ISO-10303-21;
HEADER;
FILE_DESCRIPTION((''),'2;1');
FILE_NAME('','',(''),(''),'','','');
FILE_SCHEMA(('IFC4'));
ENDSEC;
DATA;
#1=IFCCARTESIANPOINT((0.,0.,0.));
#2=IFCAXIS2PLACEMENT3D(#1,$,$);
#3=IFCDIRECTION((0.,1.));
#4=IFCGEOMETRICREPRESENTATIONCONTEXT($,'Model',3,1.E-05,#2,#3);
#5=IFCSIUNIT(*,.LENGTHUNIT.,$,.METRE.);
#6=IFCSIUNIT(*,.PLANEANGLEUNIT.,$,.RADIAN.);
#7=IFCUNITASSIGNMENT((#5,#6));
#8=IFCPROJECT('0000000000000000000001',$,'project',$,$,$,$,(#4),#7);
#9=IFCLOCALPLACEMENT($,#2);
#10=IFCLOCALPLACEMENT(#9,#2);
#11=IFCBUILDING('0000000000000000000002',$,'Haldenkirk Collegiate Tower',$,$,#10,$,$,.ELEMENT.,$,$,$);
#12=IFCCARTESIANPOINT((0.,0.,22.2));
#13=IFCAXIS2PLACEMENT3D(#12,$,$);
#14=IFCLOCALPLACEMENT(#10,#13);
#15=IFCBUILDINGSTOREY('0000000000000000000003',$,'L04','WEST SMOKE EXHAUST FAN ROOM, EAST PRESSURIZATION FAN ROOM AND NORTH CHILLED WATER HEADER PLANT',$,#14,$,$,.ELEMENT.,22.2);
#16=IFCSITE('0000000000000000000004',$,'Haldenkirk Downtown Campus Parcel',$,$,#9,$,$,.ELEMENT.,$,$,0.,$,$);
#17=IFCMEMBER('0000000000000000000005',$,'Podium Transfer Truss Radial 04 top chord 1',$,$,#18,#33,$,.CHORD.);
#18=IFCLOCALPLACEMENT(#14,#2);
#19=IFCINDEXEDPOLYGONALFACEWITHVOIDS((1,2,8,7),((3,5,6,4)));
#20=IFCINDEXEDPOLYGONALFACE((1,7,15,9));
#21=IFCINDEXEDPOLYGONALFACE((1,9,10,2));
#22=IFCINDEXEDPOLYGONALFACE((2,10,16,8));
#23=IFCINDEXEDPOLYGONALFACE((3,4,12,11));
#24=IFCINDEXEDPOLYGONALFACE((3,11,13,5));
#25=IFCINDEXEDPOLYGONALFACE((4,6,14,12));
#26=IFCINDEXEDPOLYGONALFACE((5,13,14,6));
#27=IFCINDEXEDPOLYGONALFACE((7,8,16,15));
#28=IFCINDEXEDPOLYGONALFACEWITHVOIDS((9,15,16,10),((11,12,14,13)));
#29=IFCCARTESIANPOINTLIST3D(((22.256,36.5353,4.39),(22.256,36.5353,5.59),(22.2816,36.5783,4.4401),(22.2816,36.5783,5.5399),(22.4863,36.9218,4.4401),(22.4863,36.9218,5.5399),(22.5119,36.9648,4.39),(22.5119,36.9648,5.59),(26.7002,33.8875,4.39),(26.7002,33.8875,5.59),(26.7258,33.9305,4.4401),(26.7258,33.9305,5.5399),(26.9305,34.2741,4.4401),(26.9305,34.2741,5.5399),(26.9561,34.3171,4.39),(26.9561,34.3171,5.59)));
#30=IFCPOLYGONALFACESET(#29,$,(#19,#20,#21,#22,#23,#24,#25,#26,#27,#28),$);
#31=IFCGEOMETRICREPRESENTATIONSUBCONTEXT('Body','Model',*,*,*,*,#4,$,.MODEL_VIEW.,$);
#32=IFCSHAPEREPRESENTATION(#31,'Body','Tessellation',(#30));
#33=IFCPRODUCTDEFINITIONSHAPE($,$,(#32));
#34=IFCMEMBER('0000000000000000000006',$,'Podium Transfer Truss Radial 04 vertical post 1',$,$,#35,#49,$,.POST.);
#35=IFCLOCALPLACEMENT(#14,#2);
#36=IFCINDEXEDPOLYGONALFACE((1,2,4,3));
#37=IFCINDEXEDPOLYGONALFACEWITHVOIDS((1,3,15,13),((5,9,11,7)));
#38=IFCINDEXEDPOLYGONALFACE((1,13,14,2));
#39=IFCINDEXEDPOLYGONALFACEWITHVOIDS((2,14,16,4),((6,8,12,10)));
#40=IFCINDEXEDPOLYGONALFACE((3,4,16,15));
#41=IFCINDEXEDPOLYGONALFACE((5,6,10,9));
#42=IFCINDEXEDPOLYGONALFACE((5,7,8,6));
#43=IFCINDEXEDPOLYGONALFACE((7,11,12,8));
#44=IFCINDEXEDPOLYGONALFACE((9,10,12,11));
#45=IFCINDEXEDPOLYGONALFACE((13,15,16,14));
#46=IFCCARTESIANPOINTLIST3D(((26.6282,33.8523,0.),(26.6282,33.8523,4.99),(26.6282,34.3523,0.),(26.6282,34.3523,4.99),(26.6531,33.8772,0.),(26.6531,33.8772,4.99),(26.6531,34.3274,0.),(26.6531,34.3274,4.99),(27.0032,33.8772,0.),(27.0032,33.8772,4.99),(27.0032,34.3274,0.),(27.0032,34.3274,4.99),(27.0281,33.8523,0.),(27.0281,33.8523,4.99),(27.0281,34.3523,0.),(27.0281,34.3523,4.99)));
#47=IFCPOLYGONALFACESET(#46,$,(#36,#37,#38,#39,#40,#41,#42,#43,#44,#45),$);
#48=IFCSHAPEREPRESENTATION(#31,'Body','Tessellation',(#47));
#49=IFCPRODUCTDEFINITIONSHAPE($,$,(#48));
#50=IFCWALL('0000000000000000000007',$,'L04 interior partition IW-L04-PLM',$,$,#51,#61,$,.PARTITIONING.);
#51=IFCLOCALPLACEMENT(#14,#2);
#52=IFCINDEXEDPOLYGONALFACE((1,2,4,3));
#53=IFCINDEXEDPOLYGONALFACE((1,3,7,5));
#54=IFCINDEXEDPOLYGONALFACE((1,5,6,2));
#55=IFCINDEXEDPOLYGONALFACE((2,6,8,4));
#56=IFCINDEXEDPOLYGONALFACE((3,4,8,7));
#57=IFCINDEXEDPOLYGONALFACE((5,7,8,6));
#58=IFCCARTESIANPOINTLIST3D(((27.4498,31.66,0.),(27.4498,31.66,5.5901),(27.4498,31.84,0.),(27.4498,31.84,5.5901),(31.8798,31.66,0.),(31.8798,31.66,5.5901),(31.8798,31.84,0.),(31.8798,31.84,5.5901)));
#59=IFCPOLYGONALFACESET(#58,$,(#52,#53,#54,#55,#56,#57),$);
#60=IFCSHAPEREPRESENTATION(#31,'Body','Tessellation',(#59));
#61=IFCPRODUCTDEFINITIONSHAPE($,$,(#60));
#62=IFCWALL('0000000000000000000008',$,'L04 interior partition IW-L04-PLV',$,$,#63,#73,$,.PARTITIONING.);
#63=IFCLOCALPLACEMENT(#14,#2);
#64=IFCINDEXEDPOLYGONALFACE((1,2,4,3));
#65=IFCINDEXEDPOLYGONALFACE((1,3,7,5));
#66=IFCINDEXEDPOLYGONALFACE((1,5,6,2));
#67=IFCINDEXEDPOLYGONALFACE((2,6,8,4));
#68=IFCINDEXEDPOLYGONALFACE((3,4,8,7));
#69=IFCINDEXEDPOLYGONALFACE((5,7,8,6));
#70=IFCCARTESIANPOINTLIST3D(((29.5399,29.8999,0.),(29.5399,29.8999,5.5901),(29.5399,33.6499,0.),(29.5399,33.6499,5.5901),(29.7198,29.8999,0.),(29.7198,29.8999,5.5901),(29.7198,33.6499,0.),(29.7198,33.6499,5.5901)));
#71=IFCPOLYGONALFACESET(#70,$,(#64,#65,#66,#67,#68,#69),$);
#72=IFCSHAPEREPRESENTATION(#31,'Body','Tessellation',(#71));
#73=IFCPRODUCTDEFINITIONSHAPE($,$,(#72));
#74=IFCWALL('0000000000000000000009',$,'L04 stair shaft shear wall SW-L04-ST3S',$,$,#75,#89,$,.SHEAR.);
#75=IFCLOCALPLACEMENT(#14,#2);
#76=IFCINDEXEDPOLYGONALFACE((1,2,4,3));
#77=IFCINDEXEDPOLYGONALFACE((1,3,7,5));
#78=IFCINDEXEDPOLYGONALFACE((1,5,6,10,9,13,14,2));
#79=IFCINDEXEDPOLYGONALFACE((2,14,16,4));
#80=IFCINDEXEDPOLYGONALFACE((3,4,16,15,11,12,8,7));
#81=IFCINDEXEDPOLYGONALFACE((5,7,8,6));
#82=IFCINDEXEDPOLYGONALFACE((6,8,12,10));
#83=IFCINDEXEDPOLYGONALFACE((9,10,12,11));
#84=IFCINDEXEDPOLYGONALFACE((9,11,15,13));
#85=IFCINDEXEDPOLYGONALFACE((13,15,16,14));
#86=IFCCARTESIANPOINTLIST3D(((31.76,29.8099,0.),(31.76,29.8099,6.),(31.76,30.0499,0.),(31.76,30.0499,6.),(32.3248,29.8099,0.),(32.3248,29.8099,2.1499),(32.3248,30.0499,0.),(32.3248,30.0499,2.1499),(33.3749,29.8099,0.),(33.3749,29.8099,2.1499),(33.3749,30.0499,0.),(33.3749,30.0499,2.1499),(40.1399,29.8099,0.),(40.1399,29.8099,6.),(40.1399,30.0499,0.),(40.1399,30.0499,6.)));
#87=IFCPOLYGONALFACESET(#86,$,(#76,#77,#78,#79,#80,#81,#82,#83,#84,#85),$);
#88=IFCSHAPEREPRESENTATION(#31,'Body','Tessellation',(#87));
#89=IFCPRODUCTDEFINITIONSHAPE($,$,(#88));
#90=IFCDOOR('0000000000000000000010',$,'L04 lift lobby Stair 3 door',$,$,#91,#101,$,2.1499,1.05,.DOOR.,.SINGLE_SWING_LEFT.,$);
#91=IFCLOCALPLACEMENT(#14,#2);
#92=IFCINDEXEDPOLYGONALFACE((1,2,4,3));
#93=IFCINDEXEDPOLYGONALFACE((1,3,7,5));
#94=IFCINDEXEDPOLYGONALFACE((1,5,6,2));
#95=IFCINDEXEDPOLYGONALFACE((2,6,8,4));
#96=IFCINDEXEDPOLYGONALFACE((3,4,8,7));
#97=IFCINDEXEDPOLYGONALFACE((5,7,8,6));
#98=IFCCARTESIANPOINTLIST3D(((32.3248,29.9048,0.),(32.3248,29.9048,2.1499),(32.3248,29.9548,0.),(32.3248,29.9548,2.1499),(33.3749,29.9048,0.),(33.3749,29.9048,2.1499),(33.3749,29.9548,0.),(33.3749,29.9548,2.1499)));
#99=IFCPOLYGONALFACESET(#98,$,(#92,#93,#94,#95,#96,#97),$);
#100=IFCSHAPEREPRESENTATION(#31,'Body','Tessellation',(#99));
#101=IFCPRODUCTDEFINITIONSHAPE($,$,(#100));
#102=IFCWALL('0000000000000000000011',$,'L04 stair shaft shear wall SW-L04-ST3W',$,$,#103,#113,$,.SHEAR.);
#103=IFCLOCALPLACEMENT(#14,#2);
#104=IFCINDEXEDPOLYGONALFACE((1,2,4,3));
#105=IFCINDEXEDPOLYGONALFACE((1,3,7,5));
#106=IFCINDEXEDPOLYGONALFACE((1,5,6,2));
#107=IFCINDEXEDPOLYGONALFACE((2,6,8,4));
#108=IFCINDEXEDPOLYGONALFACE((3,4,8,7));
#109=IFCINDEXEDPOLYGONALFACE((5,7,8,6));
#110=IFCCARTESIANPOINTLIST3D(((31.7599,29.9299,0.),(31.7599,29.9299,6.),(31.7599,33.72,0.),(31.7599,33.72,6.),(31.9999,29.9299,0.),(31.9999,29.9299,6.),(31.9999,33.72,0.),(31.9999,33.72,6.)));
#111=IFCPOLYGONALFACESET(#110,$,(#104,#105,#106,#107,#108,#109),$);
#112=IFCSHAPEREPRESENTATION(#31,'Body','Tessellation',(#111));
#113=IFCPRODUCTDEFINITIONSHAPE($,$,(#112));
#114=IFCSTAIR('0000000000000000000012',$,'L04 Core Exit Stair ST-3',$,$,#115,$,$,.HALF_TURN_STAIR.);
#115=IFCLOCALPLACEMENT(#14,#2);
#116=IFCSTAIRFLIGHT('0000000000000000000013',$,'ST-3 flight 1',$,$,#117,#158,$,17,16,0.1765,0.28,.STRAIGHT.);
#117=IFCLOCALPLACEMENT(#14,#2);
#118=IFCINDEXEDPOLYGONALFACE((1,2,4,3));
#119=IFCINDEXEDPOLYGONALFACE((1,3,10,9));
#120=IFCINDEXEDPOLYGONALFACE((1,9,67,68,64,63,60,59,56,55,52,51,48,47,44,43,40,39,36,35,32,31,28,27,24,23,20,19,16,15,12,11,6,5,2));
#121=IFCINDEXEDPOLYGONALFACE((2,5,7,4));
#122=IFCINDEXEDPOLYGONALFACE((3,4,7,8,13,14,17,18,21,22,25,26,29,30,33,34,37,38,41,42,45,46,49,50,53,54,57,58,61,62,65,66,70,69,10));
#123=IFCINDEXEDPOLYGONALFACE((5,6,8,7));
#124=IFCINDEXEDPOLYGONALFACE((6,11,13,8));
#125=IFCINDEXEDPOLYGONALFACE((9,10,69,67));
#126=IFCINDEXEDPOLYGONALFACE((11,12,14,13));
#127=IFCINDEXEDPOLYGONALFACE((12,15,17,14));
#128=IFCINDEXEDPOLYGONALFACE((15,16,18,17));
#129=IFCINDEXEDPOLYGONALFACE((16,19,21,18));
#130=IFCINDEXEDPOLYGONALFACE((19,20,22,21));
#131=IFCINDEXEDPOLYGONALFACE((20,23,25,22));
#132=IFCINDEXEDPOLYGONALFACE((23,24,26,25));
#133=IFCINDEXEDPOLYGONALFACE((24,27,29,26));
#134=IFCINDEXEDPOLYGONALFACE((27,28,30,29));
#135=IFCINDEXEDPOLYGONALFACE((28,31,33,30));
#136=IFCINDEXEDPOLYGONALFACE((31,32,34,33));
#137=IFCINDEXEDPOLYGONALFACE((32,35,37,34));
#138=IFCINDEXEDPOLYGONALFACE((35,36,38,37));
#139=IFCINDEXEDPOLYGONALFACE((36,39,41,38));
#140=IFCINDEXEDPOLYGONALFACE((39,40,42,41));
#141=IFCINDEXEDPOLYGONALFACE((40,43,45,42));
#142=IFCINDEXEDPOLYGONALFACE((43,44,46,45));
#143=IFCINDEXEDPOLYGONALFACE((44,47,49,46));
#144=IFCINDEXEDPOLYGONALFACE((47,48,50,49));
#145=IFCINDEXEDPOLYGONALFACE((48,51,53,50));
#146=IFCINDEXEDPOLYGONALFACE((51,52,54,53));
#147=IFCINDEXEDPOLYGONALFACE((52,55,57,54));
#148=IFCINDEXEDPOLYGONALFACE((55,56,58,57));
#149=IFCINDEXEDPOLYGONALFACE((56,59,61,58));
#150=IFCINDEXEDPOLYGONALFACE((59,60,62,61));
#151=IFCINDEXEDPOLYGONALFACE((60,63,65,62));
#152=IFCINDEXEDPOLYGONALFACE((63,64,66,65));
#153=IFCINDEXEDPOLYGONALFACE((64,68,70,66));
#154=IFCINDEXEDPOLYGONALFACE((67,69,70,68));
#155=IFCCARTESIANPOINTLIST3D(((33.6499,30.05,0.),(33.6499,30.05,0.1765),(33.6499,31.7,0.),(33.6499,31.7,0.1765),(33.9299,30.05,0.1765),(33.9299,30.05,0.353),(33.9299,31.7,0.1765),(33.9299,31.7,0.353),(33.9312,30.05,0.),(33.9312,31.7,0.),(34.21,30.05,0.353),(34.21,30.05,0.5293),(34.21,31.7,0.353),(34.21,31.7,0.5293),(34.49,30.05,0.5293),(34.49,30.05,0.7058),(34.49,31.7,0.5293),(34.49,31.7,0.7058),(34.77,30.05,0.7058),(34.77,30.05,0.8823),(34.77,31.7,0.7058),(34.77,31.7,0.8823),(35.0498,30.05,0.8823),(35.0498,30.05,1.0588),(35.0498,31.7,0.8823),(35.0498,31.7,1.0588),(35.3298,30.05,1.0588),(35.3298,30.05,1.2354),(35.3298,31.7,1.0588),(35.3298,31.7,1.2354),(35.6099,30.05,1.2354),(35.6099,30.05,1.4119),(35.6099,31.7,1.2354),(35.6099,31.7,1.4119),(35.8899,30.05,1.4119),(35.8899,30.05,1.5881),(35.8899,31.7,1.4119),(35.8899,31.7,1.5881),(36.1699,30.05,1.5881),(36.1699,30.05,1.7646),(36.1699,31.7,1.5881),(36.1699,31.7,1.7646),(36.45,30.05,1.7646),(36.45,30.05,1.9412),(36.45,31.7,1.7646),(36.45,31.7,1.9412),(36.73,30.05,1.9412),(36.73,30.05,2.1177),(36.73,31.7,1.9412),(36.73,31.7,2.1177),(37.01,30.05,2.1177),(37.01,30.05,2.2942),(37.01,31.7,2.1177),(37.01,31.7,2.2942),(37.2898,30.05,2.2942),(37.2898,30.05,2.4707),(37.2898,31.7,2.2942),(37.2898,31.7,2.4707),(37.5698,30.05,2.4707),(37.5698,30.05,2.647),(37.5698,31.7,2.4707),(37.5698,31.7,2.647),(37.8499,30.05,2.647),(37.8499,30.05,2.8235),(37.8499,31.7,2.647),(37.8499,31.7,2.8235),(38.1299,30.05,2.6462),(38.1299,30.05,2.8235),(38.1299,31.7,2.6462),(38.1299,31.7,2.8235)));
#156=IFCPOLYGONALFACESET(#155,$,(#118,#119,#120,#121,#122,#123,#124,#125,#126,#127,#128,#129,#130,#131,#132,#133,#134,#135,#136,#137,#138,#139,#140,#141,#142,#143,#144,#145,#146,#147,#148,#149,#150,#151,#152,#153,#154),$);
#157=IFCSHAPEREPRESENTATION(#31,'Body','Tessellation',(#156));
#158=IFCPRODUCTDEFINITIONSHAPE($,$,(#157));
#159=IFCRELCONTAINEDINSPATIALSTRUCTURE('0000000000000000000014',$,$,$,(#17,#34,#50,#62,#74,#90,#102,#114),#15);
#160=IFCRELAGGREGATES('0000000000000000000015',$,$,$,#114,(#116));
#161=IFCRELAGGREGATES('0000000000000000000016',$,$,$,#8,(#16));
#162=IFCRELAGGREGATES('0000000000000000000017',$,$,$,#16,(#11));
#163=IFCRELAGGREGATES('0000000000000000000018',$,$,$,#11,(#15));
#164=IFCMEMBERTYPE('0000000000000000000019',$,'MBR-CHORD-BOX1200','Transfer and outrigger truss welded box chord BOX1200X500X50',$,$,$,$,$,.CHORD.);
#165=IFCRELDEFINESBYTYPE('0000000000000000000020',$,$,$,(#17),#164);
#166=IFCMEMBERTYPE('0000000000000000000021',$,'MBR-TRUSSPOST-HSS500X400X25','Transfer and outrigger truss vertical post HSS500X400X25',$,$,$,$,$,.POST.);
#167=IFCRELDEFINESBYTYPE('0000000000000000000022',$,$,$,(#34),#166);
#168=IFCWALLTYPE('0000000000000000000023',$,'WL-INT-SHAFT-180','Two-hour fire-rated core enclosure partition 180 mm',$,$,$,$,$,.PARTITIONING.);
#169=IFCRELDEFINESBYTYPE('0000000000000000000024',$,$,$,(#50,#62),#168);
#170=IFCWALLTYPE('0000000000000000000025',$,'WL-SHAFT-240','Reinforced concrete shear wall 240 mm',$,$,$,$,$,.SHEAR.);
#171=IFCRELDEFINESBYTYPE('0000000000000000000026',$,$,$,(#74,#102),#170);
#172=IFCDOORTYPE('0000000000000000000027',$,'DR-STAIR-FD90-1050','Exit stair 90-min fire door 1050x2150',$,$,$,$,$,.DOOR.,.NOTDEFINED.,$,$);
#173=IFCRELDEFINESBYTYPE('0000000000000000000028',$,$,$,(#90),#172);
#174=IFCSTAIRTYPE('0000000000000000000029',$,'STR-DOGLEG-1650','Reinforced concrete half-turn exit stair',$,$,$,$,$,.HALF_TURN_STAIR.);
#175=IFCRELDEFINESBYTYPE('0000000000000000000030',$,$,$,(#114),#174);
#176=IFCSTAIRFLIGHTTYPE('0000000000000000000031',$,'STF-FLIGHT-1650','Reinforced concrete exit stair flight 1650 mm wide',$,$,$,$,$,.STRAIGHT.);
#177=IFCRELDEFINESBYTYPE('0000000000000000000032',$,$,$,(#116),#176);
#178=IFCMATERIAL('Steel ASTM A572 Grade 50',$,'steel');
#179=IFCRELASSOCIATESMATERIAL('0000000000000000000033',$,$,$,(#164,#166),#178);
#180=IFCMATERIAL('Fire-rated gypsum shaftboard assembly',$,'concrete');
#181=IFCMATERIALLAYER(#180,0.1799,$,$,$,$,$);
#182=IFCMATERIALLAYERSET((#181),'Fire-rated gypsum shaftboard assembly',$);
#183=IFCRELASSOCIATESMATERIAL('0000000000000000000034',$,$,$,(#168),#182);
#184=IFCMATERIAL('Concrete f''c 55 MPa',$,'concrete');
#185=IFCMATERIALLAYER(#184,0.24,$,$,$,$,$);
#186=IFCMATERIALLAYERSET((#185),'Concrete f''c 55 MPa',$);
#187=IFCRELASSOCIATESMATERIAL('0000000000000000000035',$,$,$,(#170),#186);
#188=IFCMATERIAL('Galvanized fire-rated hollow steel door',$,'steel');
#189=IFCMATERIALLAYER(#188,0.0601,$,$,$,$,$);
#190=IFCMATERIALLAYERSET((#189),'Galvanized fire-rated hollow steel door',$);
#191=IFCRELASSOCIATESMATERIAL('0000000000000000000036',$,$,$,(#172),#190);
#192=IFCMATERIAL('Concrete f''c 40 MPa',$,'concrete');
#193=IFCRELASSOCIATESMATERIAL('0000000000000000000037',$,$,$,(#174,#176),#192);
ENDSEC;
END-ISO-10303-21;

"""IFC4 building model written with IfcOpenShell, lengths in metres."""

from ifc_helpers import new_model, si_unit, direction, frame, frame_2d, origin, origin_2d, place, context, subcontext, project, spatial, polyline, rectangle, hollow_rectangle, outline, extrude, material, layer, layer_set, material_profile, profile_set, type_object, element, fill, aggregate, save


model = new_model("IFC4")

# Units and contexts
model_context = context("Model", 3, precision=1e-05, world=origin(), true_north=direction((0.0, 1.0)))
body_context = subcontext(model_context, "Body", "Model", "MODEL_VIEW")
ifc_project = project(units=[si_unit("LENGTHUNIT", "METRE"), si_unit("PLANEANGLEUNIT", "RADIAN")], contexts=[model_context])

# Site, building, storey
site_placement = place(None, origin())
site = spatial("IfcSite", under=ifc_project, at=site_placement, Name="Haldenkirk Downtown Campus Parcel", CompositionType="ELEMENT", RefElevation=0.0)
building_placement = place(site_placement, origin())
building = spatial("IfcBuilding", under=site, at=building_placement, Name="Haldenkirk Collegiate Tower", CompositionType="ELEMENT")
storey_placement = place(building_placement, frame((0.0, 0.0, 22.2)))
storey = spatial("IfcBuildingStorey", under=building, at=storey_placement, Name="L04", Description="WEST SMOKE EXHAUST FAN ROOM, EAST PRESSURIZATION FAN ROOM AND NORTH CHILLED WATER HEADER PLANT", CompositionType="ELEMENT", Elevation=22.2)

# Members
ifc_material_1 = material(Name="Steel ASTM A572 Grade 50", Category="steel")
ifc_material_profile_1 = material_profile(ifc_material_1, hollow_rectangle(XDim=0.5, YDim=1.2, WallThickness=0.05, at=origin_2d()), Name="BOX1200X500X50")
ifc_profile_set_1 = profile_set([ifc_material_profile_1], Name="Steel ASTM A572 Grade 50")
member_type_1 = type_object("IfcMemberType", Name="MBR-CHORD-BOX1200", Description="Transfer and outrigger truss welded box chord BOX1200X500X50", PredefinedType="CHORD", material=ifc_profile_set_1)
member_1_placement = place(storey_placement, frame((26.8281, 34.1023, 4.99), z_axis=(-0.859088, 0.511828, 0.0), x_axis=(-0.511828, -0.859088, 0.0)))
element("IfcMember", 1, at=member_1_placement, inside=storey, type_object=member_type_1, Name="Podium Transfer Truss Radial 04 top chord 1", PredefinedType="CHORD", context=body_context, shape_type="SweptSolid", body=[
    extrude(hollow_rectangle(XDim=0.5, YDim=1.2, WallThickness=0.05, at=origin_2d()), origin(), (0.0, 0.0, 1.0), 5.1731),
])
ifc_material_profile_2 = material_profile(ifc_material_1, hollow_rectangle(XDim=0.3999, YDim=0.5, WallThickness=0.0249, at=origin_2d()), Name="HSS500X400X25")
ifc_profile_set_2 = profile_set([ifc_material_profile_2], Name="Steel ASTM A572 Grade 50")
member_type_2 = type_object("IfcMemberType", Name="MBR-TRUSSPOST-HSS500X400X25", Description="Transfer and outrigger truss vertical post HSS500X400X25", PredefinedType="POST", material=ifc_profile_set_2)
member_2_placement = place(storey_placement, frame((26.8281, 34.1023, 0.0), z_axis=(0.0, 0.0, 1.0), x_axis=(1.0, 0.0, 0.0)))
element("IfcMember", 2, at=member_2_placement, inside=storey, type_object=member_type_2, Name="Podium Transfer Truss Radial 04 vertical post 1", PredefinedType="POST", context=body_context, shape_type="SweptSolid", body=[
    extrude(hollow_rectangle(XDim=0.3999, YDim=0.5, WallThickness=0.0249, at=origin_2d()), origin(), (0.0, 0.0, 1.0), 4.99),
])

# Walls
ifc_material_2 = material(Name="Fire-rated gypsum shaftboard assembly", Category="concrete")
ifc_layer_1 = layer(ifc_material_2, 0.1799)
ifc_layer_set_1 = layer_set([ifc_layer_1], Name="Fire-rated gypsum shaftboard assembly")
wall_type_1 = type_object("IfcWallType", Name="WL-INT-SHAFT-180", Description="Two-hour fire-rated core enclosure partition 180 mm", PredefinedType="PARTITIONING", material=ifc_layer_set_1)
wall_1_placement = place(storey_placement, frame((27.45, 31.75, 0.0), z_axis=(0.0, 0.0, 1.0), x_axis=(1.0, 0.0, 0.0)))
element("IfcWall", 3, at=wall_1_placement, inside=storey, type_object=wall_type_1, Name="L04 interior partition IW-L04-PLM", PredefinedType="PARTITIONING", context=body_context, shape_type="SweptSolid", body=[
    extrude(rectangle(XDim=4.4299, YDim=0.1799, at=frame_2d((2.2148, 0.0))), origin(), (0.0, 0.0, 1.0), 5.5901),
])
wall_2_placement = place(storey_placement, frame((29.6299, 29.8999, 0.0), z_axis=(0.0, 0.0, 1.0), x_axis=(0.0, 1.0, 0.0)))
element("IfcWall", 4, at=wall_2_placement, inside=storey, type_object=wall_type_1, Name="L04 interior partition IW-L04-PLV", PredefinedType="PARTITIONING", context=body_context, shape_type="SweptSolid", body=[
    extrude(rectangle(XDim=3.75, YDim=0.1799, at=frame_2d((1.875, 0.0))), origin(), (0.0, 0.0, 1.0), 5.5901),
])

# Wall, opening, door
ifc_material_3 = material(Name="Concrete f'c 55 MPa", Category="concrete")
ifc_layer_2 = layer(ifc_material_3, 0.24)
ifc_layer_set_2 = layer_set([ifc_layer_2], Name="Concrete f'c 55 MPa")
wall_type_2 = type_object("IfcWallType", Name="WL-SHAFT-240", Description="Reinforced concrete shear wall 240 mm", PredefinedType="SHEAR", material=ifc_layer_set_2)
wall_3_placement = place(storey_placement, frame((31.76, 29.9299, 0.0), z_axis=(0.0, 0.0, 1.0), x_axis=(1.0, 0.0, 0.0)))
wall_3 = element("IfcWall", 5, at=wall_3_placement, inside=storey, type_object=wall_type_2, Name="L04 stair shaft shear wall SW-L04-ST3S", PredefinedType="SHEAR", context=body_context, shape_type="SweptSolid", body=[
    extrude(rectangle(XDim=8.3799, YDim=0.24, at=frame_2d((4.1899, 0.0))), origin(), (0.0, 0.0, 1.0), 6.0),
])
opening_1_placement = place(wall_3_placement, frame((0.5649, 0.0, 0.0)))
opening_1 = element("IfcOpeningElement", 6, at=opening_1_placement, cuts=wall_3, PredefinedType="OPENING", context=body_context, shape_type="SweptSolid", body=[
    extrude(rectangle(XDim=1.05, YDim=2.1499, at=frame_2d((0.5249, 1.075))), frame((0.0, 0.1299, 0.0), z_axis=(0.0, -1.0, 0.0), x_axis=(1.0, 0.0, 0.0)), (0.0, 0.0, 1.0), 0.26),
])
ifc_material_4 = material(Name="Galvanized fire-rated hollow steel door", Category="steel")
ifc_layer_3 = layer(ifc_material_4, 0.0601)
ifc_layer_set_3 = layer_set([ifc_layer_3], Name="Galvanized fire-rated hollow steel door")
door_type_1 = type_object("IfcDoorType", Name="DR-STAIR-FD90-1050", Description="Exit stair 90-min fire door 1050x2150", OperationType="NOTDEFINED", PredefinedType="DOOR", material=ifc_layer_set_3)
door_1_placement = place(opening_1_placement, origin())
door_1 = element("IfcDoor", 7, at=door_1_placement, inside=storey, type_object=door_type_1, Name="L04 lift lobby Stair 3 door", OperationType="SINGLE_SWING_LEFT", OverallHeight=2.1499, OverallWidth=1.05, PredefinedType="DOOR", context=body_context, shape_type="SweptSolid", body=[
    extrude(rectangle(XDim=1.05, YDim=2.1499, at=frame_2d((0.5249, 1.075))), frame((0.0, 0.0249, 0.0), z_axis=(0.0, -1.0, 0.0), x_axis=(1.0, 0.0, 0.0)), (0.0, 0.0, 1.0), 0.05),
])
fill(opening_1, door_1)

# Wall
wall_4_placement = place(storey_placement, frame((31.8799, 29.9299, 0.0), z_axis=(0.0, 0.0, 1.0), x_axis=(0.0, 1.0, 0.0)))
element("IfcWall", 8, at=wall_4_placement, inside=storey, type_object=wall_type_2, Name="L04 stair shaft shear wall SW-L04-ST3W", PredefinedType="SHEAR", context=body_context, shape_type="SweptSolid", body=[
    extrude(rectangle(XDim=3.79, YDim=0.24, at=frame_2d((1.895, 0.0))), origin(), (0.0, 0.0, 1.0), 6.0),
])

# Stair, stair flight
ifc_material_5 = material(Name="Concrete f'c 40 MPa", Category="concrete")
stair_type = type_object("IfcStairType", Name="STR-DOGLEG-1650", Description="Reinforced concrete half-turn exit stair", PredefinedType="HALF_TURN_STAIR", material=ifc_material_5)
stair_placement = place(storey_placement, origin())
stair = element("IfcStair", 9, at=stair_placement, inside=storey, type_object=stair_type, Name="L04 Core Exit Stair ST-3", PredefinedType="HALF_TURN_STAIR")
stair_flight_type = type_object("IfcStairFlightType", Name="STF-FLIGHT-1650", Description="Reinforced concrete exit stair flight 1650 mm wide", PredefinedType="STRAIGHT", material=ifc_material_5)
stair_flight_placement = place(storey_placement, frame((33.6499, 30.875, 0.0), z_axis=(0.0, 0.0, 1.0), x_axis=(1.0, 0.0, 0.0)))
stair_flight = element("IfcStairFlight", 10, at=stair_flight_placement, type_object=stair_flight_type, Name="ST-3 flight 1", NumberOfRisers=17, NumberOfTreads=16, PredefinedType="STRAIGHT", RiserHeight=0.1765, TreadLength=0.28, context=body_context, shape_type="SweptSolid", body=[
    extrude(outline(polyline([(0.0, 0.0), (0.0, 0.1765), (0.28, 0.1765), (0.28, 0.353), (0.5601, 0.353), (0.5601, 0.5293), (0.8401, 0.5293), (0.8401, 0.7058), (1.1201, 0.7058), (1.1201, 0.8823), (1.3999, 0.8823), (1.3999, 1.0588), (1.6799, 1.0588), (1.6799, 1.2354), (1.96, 1.2354), (1.96, 1.4119), (2.24, 1.4119), (2.24, 1.5881), (2.52, 1.5881), (2.52, 1.7646), (2.8, 1.7646), (2.8, 1.9412), (3.0801, 1.9412), (3.0801, 2.1177), (3.3601, 2.1177), (3.3601, 2.2942), (3.6399, 2.2942), (3.6399, 2.4707), (3.9199, 2.4707), (3.9199, 2.647), (4.2, 2.647), (4.2, 2.8235), (4.48, 2.8235), (4.48, 3.0), (4.48, 2.6462), (0.2812, 0.0), (0.0, 0.0)])), frame((0.0, 0.825, 0.0), z_axis=(0.0, -1.0, 0.0), x_axis=(1.0, 0.0, 0.0)), (0.0, 0.0, 1.0), 1.6499),
])
aggregate(stair, [stair_flight])

save(model, "model.ifc")
